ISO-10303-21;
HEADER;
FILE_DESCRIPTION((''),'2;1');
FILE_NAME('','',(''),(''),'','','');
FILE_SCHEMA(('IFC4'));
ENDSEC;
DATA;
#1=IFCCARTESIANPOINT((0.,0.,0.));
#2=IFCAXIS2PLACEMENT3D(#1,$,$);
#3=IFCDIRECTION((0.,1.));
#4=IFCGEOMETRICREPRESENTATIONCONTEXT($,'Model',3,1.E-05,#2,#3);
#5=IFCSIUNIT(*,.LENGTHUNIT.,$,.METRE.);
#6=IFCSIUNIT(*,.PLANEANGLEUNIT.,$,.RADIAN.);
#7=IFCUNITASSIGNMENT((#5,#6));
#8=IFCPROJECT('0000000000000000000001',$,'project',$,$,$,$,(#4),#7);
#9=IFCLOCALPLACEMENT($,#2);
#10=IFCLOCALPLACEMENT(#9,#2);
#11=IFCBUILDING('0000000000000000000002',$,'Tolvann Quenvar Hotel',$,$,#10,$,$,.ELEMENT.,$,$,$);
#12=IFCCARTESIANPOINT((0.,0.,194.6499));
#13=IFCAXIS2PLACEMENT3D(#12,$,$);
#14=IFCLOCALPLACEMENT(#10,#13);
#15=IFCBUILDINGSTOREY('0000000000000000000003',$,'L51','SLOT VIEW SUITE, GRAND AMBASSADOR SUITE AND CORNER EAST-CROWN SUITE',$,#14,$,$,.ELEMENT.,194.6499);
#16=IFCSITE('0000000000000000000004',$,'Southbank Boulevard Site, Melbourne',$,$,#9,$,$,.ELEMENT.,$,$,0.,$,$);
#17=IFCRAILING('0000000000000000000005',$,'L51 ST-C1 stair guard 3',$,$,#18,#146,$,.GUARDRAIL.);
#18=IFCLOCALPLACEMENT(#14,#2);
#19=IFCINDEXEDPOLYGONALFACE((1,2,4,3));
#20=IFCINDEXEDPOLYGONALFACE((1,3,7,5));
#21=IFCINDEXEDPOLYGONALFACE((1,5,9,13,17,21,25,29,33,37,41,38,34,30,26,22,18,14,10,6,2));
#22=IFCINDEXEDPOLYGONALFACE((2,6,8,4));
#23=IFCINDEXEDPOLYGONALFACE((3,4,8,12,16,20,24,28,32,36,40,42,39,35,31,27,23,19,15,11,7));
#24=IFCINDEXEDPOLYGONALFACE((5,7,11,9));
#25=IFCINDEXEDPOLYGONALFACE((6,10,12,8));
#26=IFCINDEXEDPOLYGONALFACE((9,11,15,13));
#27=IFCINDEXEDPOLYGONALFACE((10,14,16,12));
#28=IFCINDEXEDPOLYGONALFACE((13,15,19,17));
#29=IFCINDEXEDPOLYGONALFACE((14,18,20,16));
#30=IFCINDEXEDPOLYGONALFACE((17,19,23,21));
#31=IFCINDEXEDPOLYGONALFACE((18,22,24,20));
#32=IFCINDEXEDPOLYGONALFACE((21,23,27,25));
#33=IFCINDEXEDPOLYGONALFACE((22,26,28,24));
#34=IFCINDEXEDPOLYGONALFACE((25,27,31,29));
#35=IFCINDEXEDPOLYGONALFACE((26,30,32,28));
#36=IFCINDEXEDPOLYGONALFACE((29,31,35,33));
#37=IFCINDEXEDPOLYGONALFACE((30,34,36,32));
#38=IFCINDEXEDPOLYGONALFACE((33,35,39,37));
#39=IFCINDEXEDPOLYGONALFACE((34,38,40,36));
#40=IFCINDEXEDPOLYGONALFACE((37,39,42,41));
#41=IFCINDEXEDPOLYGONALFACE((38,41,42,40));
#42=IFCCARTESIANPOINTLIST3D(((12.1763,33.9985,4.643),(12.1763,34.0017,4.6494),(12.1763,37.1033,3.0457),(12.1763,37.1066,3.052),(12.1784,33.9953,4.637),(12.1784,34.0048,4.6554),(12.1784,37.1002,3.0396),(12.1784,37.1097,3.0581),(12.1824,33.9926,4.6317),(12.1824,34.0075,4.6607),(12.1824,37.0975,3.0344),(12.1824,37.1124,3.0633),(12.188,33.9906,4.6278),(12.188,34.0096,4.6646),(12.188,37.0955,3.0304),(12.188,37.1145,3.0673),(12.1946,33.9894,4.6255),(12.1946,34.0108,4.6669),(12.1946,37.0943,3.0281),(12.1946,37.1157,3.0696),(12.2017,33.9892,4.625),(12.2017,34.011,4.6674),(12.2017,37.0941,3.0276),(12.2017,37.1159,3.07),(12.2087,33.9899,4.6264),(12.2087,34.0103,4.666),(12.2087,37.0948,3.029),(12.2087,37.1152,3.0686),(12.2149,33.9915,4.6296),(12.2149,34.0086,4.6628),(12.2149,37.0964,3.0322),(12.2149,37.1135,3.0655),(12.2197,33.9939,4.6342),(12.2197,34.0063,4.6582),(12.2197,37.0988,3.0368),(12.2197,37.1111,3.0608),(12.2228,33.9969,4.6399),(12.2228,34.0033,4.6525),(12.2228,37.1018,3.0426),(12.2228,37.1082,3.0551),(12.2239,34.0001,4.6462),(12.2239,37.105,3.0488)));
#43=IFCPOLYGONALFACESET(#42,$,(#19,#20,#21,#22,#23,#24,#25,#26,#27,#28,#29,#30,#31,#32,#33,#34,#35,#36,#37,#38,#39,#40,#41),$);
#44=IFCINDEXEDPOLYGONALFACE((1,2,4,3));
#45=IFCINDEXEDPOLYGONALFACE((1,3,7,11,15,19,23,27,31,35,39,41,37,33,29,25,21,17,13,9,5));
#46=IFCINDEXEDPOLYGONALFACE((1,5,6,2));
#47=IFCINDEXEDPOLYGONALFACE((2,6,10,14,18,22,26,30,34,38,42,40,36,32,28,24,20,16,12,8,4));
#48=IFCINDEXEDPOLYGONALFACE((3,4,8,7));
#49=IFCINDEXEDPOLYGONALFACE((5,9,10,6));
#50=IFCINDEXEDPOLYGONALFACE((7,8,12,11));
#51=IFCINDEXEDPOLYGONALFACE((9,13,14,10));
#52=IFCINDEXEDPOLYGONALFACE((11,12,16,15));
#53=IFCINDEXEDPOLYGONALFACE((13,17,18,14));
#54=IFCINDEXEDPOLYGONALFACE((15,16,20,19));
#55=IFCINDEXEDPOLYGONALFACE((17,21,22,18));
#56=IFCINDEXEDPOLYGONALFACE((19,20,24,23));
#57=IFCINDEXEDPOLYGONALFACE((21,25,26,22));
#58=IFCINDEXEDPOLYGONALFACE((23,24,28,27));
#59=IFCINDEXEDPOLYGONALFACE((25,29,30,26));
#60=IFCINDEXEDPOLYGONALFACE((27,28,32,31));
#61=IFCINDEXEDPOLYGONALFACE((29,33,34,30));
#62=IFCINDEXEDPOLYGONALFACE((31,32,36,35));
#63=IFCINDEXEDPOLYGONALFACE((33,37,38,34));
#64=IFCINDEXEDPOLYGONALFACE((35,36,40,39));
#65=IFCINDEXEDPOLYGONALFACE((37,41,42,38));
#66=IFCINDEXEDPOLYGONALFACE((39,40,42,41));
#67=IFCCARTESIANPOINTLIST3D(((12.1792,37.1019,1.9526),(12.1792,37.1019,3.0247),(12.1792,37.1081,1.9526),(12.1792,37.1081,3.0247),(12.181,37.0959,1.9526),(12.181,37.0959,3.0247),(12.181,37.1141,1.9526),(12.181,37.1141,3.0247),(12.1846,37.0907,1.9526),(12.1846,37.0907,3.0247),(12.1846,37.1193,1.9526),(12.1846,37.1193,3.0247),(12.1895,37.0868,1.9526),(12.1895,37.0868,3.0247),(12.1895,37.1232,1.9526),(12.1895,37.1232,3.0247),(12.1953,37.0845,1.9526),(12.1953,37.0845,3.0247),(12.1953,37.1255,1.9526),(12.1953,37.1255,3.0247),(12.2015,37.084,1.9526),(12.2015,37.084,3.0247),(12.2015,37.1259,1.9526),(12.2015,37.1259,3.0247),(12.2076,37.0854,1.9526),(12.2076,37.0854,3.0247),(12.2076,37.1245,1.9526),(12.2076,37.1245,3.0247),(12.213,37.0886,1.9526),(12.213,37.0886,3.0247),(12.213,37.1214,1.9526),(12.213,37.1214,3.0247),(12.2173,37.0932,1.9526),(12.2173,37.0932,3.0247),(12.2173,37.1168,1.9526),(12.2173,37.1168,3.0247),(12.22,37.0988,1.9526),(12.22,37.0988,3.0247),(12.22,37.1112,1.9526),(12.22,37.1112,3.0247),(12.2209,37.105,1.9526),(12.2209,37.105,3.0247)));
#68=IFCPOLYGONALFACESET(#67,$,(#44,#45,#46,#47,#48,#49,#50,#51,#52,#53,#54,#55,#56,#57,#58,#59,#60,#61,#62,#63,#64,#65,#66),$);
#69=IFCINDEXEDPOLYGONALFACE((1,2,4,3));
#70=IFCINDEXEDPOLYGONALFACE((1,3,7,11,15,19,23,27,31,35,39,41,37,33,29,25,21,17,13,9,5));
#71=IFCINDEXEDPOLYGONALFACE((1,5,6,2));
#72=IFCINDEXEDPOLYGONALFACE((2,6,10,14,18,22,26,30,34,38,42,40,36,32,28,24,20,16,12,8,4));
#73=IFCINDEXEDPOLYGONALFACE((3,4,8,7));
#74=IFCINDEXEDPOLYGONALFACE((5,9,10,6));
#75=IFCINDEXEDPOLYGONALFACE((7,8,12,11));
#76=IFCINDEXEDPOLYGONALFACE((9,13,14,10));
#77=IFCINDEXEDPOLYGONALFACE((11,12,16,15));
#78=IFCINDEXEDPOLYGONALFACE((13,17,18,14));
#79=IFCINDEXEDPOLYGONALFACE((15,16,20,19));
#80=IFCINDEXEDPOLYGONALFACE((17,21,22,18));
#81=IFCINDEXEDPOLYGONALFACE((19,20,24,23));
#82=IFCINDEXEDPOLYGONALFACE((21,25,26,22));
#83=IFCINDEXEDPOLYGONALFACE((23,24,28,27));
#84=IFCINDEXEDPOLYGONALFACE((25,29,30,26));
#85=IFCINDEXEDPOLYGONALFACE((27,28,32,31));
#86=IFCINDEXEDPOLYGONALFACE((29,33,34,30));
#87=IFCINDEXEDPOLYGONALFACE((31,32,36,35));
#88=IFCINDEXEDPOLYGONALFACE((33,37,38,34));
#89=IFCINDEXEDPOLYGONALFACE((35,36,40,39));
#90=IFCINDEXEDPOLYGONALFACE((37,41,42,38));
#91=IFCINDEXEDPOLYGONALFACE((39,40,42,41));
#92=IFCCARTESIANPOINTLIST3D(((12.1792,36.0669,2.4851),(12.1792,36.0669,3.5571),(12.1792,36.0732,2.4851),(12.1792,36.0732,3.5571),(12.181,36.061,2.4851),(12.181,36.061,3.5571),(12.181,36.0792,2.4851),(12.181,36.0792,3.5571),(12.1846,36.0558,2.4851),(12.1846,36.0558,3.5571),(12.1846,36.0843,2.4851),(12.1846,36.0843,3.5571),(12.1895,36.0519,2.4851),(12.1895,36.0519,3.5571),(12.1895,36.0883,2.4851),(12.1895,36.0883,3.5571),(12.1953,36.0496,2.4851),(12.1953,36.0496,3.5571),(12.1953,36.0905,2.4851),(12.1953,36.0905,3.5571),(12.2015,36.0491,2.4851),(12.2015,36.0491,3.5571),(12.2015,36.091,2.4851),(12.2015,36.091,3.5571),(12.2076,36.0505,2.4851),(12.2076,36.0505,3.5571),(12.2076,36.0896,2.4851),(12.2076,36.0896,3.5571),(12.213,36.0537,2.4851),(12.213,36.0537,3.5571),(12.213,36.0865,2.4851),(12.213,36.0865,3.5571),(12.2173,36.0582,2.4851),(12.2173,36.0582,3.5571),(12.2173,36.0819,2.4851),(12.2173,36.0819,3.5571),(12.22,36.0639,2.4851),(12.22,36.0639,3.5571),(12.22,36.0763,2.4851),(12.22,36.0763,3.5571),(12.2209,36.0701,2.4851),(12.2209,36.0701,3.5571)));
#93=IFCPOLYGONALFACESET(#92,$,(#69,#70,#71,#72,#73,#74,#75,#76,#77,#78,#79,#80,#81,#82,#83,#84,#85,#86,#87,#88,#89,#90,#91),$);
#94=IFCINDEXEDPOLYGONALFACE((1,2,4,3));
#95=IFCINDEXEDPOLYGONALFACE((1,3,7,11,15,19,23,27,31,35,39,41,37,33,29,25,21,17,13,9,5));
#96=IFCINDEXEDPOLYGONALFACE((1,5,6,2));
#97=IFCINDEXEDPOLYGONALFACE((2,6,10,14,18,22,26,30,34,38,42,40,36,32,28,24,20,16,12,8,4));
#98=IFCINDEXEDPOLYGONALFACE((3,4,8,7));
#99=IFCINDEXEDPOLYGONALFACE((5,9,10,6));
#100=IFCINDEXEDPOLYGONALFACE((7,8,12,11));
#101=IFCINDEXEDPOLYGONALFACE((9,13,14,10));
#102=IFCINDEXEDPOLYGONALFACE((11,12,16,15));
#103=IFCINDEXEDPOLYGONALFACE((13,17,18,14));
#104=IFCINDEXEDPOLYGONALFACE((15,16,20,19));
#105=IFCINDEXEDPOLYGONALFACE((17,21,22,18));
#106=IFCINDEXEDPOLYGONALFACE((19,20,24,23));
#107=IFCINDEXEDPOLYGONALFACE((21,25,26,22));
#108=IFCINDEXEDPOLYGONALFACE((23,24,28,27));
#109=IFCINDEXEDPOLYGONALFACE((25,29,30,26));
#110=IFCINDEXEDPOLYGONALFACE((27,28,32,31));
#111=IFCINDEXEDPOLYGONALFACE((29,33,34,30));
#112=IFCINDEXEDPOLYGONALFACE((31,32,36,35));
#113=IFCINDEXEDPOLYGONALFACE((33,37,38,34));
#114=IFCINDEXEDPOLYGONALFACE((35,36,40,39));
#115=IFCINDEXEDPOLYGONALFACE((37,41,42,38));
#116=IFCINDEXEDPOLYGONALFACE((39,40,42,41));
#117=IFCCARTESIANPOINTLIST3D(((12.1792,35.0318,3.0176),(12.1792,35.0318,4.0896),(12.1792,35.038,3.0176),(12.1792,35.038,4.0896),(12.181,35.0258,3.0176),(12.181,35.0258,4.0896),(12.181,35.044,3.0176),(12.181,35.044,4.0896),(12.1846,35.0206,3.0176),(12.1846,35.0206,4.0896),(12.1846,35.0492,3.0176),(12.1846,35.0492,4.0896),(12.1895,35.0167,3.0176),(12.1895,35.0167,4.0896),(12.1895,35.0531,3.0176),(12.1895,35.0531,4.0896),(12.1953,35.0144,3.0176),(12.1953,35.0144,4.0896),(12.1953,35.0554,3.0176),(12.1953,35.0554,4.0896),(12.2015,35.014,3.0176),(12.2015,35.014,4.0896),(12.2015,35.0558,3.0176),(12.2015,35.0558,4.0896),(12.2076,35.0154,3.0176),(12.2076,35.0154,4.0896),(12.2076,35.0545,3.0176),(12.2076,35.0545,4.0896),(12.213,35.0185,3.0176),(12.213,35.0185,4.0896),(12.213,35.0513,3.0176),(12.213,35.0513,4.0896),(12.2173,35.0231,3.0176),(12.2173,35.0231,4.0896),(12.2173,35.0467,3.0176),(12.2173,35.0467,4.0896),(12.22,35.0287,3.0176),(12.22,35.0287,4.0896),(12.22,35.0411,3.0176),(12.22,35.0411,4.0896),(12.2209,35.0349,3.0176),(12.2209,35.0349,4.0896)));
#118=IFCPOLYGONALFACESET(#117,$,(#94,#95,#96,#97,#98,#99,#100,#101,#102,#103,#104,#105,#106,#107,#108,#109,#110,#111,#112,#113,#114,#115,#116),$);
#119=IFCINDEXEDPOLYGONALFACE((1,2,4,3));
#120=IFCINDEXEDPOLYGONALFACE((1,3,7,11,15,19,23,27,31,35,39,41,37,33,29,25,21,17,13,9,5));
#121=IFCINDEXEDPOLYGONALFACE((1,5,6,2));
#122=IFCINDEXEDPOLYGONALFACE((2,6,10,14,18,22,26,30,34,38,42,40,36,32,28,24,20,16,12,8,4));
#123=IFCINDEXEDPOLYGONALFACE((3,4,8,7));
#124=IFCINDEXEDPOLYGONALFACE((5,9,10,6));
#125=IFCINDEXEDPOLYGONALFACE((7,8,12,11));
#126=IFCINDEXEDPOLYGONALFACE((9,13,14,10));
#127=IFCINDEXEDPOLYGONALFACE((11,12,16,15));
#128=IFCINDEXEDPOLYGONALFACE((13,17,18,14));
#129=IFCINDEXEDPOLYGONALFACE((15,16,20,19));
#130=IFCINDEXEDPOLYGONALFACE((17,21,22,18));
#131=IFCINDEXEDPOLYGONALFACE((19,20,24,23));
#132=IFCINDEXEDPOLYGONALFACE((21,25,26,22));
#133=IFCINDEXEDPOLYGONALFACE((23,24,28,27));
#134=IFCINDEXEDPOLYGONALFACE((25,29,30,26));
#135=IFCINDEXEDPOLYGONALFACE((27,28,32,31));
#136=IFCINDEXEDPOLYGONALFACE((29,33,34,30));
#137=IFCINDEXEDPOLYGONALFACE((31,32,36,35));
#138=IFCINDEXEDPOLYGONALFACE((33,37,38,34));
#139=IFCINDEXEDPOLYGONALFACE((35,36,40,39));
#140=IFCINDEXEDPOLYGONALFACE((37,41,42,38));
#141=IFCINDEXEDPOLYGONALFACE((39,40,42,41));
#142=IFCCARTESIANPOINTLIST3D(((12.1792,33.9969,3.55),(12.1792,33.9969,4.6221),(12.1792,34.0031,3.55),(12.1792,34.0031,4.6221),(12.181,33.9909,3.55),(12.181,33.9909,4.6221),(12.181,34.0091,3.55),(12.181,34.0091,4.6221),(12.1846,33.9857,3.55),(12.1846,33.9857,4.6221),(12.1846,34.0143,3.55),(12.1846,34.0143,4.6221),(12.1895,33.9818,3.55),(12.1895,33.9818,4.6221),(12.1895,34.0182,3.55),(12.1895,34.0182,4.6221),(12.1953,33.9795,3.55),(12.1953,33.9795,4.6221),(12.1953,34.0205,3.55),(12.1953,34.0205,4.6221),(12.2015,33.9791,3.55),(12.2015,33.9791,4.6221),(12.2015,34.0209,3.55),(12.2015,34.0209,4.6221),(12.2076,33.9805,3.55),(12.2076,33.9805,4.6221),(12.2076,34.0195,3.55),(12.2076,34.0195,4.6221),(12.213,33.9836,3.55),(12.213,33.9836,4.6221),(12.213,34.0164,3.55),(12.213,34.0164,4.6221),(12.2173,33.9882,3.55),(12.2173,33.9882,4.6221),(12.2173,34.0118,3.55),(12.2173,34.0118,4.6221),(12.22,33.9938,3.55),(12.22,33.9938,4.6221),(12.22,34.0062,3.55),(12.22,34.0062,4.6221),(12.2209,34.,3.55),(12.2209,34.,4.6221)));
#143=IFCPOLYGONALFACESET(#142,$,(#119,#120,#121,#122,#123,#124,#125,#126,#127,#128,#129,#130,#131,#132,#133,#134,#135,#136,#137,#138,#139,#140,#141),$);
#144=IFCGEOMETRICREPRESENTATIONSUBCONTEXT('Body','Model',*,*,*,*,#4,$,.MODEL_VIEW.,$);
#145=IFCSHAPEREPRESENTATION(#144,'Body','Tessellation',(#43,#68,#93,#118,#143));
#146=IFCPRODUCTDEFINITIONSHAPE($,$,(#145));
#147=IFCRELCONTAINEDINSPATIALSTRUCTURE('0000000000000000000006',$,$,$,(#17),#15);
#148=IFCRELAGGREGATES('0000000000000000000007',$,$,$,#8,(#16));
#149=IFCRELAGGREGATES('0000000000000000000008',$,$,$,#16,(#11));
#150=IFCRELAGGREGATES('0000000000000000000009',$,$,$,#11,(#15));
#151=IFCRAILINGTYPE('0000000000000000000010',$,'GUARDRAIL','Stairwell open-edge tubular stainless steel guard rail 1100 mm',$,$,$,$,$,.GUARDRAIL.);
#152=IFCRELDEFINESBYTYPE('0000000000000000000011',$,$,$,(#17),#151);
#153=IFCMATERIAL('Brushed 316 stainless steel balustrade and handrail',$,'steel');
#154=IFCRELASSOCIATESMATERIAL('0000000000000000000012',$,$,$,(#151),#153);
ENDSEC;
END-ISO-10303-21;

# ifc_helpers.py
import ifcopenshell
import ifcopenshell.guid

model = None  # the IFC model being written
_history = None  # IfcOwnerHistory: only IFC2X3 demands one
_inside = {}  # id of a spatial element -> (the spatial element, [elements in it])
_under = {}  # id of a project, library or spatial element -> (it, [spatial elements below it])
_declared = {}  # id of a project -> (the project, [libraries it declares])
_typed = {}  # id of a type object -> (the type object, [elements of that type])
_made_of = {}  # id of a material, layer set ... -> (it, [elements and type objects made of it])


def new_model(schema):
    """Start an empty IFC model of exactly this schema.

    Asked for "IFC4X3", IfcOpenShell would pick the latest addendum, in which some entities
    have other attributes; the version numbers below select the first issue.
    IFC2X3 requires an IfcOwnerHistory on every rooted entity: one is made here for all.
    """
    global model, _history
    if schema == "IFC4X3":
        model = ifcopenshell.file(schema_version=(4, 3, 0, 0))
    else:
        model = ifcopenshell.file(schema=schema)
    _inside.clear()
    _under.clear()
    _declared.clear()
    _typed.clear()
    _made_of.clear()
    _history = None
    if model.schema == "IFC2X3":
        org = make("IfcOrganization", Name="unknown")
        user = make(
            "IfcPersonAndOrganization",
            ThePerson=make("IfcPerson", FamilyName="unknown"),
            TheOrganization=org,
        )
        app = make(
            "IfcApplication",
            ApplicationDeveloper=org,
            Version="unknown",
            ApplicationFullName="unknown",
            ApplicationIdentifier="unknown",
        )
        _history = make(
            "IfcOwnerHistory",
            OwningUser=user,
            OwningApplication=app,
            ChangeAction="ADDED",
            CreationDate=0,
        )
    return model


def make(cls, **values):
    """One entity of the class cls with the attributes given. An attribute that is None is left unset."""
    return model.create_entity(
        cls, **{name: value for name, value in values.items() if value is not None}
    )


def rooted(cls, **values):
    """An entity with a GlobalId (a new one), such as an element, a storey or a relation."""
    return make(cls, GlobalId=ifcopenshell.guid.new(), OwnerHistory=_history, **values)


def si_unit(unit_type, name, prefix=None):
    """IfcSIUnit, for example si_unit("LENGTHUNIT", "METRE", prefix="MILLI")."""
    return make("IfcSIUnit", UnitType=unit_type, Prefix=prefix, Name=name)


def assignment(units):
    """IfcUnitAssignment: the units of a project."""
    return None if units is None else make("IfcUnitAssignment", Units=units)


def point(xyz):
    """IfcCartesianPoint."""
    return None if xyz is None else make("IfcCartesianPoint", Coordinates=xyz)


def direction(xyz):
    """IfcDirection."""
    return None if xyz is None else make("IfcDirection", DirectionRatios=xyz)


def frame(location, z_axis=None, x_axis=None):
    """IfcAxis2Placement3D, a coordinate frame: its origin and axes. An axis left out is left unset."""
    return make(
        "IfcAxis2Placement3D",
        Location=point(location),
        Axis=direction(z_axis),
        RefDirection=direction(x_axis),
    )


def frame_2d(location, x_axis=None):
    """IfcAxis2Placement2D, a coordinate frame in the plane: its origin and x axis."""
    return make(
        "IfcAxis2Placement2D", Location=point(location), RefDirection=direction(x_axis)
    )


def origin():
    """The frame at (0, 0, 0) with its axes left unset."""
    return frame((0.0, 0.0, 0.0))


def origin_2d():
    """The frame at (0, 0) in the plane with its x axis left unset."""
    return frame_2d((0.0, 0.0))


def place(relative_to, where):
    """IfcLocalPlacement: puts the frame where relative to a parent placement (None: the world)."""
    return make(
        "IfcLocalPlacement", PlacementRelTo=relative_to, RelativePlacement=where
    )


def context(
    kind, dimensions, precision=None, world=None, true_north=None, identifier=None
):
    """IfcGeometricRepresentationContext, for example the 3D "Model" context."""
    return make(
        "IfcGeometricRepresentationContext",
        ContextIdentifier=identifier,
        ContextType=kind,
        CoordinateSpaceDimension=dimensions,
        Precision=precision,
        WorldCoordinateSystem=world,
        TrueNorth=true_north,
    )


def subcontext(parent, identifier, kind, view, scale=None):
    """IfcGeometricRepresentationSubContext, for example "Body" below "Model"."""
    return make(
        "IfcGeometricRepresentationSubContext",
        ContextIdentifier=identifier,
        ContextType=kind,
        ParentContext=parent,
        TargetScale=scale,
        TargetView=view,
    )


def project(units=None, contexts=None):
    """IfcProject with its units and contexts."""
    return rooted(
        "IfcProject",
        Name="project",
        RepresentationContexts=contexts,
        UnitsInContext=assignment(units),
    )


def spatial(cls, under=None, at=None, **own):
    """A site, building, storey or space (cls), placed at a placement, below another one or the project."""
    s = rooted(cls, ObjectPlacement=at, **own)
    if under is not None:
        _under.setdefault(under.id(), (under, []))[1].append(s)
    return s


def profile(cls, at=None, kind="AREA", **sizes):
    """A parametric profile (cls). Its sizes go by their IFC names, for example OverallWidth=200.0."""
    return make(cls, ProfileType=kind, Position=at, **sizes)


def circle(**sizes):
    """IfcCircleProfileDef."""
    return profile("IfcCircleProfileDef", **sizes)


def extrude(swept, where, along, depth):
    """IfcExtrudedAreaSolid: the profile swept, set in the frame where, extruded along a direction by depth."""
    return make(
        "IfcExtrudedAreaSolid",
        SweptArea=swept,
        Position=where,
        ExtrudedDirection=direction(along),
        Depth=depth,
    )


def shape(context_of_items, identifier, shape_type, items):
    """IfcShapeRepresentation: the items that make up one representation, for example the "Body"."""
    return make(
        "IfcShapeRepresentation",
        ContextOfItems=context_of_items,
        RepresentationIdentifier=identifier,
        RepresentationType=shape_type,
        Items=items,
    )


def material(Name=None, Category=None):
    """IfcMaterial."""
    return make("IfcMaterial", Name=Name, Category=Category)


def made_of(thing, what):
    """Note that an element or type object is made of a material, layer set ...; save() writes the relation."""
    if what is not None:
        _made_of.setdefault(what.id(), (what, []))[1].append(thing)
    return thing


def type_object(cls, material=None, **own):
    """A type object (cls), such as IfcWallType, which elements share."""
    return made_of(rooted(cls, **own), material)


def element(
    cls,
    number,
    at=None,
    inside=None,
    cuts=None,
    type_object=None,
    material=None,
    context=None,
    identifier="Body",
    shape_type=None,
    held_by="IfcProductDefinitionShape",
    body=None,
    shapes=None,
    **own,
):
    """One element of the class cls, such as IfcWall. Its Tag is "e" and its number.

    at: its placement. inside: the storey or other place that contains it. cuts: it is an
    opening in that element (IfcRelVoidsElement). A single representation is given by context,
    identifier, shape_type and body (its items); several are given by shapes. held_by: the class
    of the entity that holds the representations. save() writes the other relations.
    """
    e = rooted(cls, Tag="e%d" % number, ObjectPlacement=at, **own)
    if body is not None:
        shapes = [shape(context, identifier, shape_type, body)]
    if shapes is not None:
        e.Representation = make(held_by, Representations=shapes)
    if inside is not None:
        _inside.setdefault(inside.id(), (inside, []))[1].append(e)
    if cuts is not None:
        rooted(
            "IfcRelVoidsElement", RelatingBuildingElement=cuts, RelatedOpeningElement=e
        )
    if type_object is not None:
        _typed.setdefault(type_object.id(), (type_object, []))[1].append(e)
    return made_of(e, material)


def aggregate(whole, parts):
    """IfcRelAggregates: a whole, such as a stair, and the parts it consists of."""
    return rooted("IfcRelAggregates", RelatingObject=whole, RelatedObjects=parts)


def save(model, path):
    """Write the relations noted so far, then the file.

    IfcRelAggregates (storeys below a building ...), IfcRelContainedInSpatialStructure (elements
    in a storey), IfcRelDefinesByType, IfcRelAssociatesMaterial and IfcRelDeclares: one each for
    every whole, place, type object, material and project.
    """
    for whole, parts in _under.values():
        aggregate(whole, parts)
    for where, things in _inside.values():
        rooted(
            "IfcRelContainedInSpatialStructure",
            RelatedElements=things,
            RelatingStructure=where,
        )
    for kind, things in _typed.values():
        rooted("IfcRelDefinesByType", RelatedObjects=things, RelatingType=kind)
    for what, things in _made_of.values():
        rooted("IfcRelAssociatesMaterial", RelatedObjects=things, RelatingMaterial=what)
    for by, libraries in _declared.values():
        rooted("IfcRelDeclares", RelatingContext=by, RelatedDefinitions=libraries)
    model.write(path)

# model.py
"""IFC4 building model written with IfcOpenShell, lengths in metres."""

from ifc_helpers import new_model, si_unit, direction, frame, origin, origin_2d, place, context, subcontext, project, spatial, circle, extrude, material, type_object, element, save


model = new_model("IFC4")

# Units and contexts
model_context = context("Model", 3, precision=1e-05, world=origin(), true_north=direction((0.0, 1.0)))
body_context = subcontext(model_context, "Body", "Model", "MODEL_VIEW")
ifc_project = project(units=[si_unit("LENGTHUNIT", "METRE"), si_unit("PLANEANGLEUNIT", "RADIAN")], contexts=[model_context])

# Site, building, storey
site_placement = place(None, origin())
site = spatial("IfcSite", under=ifc_project, at=site_placement, Name="Southbank Boulevard Site, Melbourne", CompositionType="ELEMENT", RefElevation=0.0)
building_placement = place(site_placement, origin())
building = spatial("IfcBuilding", under=site, at=building_placement, Name="Tolvann Quenvar Hotel", CompositionType="ELEMENT")
storey_placement = place(building_placement, frame((0.0, 0.0, 194.6499)))
storey = spatial("IfcBuildingStorey", under=building, at=storey_placement, Name="L51", Description="SLOT VIEW SUITE, GRAND AMBASSADOR SUITE AND CORNER EAST-CROWN SUITE", CompositionType="ELEMENT", Elevation=194.6499)

# Railing
ifc_material_1 = material(Name="Brushed 316 stainless steel balustrade and handrail", Category="steel")
railing_type_1 = type_object("IfcRailingType", Name="GUARDRAIL", Description="Stairwell open-edge tubular stainless steel guard rail 1100 mm", PredefinedType="GUARDRAIL", material=ifc_material_1)
railing_1_placement = place(storey_placement, frame((12.2, 37.105, 1.9526)))
element("IfcRailing", 1, at=railing_1_placement, inside=storey, type_object=railing_type_1, Name="L51 ST-C1 stair guard 3", PredefinedType="GUARDRAIL", context=body_context, shape_type="SweptSolid", body=[
    extrude(circle(Radius=0.0239, at=origin_2d()), frame((0.0, 0.0, 1.0962), z_axis=(0.0, -0.889222, 0.457476), x_axis=(1.0, 0.0, 0.0)), (0.0, 0.0, 1.0), 3.4917),
    extrude(circle(Radius=0.021, at=origin_2d()), origin(), (0.0, 0.0, 1.0), 1.072),
    extrude(circle(Radius=0.021, at=origin_2d()), frame((0.0, -1.0349, 0.5325)), (0.0, 0.0, 1.0), 1.072),
    extrude(circle(Radius=0.021, at=origin_2d()), frame((0.0, -2.0701, 1.0649)), (0.0, 0.0, 1.0), 1.072),
    extrude(circle(Radius=0.021, at=origin_2d()), frame((0.0, -3.105, 1.5974)), (0.0, 0.0, 1.0), 1.072),
])

save(model, "model.ifc")
